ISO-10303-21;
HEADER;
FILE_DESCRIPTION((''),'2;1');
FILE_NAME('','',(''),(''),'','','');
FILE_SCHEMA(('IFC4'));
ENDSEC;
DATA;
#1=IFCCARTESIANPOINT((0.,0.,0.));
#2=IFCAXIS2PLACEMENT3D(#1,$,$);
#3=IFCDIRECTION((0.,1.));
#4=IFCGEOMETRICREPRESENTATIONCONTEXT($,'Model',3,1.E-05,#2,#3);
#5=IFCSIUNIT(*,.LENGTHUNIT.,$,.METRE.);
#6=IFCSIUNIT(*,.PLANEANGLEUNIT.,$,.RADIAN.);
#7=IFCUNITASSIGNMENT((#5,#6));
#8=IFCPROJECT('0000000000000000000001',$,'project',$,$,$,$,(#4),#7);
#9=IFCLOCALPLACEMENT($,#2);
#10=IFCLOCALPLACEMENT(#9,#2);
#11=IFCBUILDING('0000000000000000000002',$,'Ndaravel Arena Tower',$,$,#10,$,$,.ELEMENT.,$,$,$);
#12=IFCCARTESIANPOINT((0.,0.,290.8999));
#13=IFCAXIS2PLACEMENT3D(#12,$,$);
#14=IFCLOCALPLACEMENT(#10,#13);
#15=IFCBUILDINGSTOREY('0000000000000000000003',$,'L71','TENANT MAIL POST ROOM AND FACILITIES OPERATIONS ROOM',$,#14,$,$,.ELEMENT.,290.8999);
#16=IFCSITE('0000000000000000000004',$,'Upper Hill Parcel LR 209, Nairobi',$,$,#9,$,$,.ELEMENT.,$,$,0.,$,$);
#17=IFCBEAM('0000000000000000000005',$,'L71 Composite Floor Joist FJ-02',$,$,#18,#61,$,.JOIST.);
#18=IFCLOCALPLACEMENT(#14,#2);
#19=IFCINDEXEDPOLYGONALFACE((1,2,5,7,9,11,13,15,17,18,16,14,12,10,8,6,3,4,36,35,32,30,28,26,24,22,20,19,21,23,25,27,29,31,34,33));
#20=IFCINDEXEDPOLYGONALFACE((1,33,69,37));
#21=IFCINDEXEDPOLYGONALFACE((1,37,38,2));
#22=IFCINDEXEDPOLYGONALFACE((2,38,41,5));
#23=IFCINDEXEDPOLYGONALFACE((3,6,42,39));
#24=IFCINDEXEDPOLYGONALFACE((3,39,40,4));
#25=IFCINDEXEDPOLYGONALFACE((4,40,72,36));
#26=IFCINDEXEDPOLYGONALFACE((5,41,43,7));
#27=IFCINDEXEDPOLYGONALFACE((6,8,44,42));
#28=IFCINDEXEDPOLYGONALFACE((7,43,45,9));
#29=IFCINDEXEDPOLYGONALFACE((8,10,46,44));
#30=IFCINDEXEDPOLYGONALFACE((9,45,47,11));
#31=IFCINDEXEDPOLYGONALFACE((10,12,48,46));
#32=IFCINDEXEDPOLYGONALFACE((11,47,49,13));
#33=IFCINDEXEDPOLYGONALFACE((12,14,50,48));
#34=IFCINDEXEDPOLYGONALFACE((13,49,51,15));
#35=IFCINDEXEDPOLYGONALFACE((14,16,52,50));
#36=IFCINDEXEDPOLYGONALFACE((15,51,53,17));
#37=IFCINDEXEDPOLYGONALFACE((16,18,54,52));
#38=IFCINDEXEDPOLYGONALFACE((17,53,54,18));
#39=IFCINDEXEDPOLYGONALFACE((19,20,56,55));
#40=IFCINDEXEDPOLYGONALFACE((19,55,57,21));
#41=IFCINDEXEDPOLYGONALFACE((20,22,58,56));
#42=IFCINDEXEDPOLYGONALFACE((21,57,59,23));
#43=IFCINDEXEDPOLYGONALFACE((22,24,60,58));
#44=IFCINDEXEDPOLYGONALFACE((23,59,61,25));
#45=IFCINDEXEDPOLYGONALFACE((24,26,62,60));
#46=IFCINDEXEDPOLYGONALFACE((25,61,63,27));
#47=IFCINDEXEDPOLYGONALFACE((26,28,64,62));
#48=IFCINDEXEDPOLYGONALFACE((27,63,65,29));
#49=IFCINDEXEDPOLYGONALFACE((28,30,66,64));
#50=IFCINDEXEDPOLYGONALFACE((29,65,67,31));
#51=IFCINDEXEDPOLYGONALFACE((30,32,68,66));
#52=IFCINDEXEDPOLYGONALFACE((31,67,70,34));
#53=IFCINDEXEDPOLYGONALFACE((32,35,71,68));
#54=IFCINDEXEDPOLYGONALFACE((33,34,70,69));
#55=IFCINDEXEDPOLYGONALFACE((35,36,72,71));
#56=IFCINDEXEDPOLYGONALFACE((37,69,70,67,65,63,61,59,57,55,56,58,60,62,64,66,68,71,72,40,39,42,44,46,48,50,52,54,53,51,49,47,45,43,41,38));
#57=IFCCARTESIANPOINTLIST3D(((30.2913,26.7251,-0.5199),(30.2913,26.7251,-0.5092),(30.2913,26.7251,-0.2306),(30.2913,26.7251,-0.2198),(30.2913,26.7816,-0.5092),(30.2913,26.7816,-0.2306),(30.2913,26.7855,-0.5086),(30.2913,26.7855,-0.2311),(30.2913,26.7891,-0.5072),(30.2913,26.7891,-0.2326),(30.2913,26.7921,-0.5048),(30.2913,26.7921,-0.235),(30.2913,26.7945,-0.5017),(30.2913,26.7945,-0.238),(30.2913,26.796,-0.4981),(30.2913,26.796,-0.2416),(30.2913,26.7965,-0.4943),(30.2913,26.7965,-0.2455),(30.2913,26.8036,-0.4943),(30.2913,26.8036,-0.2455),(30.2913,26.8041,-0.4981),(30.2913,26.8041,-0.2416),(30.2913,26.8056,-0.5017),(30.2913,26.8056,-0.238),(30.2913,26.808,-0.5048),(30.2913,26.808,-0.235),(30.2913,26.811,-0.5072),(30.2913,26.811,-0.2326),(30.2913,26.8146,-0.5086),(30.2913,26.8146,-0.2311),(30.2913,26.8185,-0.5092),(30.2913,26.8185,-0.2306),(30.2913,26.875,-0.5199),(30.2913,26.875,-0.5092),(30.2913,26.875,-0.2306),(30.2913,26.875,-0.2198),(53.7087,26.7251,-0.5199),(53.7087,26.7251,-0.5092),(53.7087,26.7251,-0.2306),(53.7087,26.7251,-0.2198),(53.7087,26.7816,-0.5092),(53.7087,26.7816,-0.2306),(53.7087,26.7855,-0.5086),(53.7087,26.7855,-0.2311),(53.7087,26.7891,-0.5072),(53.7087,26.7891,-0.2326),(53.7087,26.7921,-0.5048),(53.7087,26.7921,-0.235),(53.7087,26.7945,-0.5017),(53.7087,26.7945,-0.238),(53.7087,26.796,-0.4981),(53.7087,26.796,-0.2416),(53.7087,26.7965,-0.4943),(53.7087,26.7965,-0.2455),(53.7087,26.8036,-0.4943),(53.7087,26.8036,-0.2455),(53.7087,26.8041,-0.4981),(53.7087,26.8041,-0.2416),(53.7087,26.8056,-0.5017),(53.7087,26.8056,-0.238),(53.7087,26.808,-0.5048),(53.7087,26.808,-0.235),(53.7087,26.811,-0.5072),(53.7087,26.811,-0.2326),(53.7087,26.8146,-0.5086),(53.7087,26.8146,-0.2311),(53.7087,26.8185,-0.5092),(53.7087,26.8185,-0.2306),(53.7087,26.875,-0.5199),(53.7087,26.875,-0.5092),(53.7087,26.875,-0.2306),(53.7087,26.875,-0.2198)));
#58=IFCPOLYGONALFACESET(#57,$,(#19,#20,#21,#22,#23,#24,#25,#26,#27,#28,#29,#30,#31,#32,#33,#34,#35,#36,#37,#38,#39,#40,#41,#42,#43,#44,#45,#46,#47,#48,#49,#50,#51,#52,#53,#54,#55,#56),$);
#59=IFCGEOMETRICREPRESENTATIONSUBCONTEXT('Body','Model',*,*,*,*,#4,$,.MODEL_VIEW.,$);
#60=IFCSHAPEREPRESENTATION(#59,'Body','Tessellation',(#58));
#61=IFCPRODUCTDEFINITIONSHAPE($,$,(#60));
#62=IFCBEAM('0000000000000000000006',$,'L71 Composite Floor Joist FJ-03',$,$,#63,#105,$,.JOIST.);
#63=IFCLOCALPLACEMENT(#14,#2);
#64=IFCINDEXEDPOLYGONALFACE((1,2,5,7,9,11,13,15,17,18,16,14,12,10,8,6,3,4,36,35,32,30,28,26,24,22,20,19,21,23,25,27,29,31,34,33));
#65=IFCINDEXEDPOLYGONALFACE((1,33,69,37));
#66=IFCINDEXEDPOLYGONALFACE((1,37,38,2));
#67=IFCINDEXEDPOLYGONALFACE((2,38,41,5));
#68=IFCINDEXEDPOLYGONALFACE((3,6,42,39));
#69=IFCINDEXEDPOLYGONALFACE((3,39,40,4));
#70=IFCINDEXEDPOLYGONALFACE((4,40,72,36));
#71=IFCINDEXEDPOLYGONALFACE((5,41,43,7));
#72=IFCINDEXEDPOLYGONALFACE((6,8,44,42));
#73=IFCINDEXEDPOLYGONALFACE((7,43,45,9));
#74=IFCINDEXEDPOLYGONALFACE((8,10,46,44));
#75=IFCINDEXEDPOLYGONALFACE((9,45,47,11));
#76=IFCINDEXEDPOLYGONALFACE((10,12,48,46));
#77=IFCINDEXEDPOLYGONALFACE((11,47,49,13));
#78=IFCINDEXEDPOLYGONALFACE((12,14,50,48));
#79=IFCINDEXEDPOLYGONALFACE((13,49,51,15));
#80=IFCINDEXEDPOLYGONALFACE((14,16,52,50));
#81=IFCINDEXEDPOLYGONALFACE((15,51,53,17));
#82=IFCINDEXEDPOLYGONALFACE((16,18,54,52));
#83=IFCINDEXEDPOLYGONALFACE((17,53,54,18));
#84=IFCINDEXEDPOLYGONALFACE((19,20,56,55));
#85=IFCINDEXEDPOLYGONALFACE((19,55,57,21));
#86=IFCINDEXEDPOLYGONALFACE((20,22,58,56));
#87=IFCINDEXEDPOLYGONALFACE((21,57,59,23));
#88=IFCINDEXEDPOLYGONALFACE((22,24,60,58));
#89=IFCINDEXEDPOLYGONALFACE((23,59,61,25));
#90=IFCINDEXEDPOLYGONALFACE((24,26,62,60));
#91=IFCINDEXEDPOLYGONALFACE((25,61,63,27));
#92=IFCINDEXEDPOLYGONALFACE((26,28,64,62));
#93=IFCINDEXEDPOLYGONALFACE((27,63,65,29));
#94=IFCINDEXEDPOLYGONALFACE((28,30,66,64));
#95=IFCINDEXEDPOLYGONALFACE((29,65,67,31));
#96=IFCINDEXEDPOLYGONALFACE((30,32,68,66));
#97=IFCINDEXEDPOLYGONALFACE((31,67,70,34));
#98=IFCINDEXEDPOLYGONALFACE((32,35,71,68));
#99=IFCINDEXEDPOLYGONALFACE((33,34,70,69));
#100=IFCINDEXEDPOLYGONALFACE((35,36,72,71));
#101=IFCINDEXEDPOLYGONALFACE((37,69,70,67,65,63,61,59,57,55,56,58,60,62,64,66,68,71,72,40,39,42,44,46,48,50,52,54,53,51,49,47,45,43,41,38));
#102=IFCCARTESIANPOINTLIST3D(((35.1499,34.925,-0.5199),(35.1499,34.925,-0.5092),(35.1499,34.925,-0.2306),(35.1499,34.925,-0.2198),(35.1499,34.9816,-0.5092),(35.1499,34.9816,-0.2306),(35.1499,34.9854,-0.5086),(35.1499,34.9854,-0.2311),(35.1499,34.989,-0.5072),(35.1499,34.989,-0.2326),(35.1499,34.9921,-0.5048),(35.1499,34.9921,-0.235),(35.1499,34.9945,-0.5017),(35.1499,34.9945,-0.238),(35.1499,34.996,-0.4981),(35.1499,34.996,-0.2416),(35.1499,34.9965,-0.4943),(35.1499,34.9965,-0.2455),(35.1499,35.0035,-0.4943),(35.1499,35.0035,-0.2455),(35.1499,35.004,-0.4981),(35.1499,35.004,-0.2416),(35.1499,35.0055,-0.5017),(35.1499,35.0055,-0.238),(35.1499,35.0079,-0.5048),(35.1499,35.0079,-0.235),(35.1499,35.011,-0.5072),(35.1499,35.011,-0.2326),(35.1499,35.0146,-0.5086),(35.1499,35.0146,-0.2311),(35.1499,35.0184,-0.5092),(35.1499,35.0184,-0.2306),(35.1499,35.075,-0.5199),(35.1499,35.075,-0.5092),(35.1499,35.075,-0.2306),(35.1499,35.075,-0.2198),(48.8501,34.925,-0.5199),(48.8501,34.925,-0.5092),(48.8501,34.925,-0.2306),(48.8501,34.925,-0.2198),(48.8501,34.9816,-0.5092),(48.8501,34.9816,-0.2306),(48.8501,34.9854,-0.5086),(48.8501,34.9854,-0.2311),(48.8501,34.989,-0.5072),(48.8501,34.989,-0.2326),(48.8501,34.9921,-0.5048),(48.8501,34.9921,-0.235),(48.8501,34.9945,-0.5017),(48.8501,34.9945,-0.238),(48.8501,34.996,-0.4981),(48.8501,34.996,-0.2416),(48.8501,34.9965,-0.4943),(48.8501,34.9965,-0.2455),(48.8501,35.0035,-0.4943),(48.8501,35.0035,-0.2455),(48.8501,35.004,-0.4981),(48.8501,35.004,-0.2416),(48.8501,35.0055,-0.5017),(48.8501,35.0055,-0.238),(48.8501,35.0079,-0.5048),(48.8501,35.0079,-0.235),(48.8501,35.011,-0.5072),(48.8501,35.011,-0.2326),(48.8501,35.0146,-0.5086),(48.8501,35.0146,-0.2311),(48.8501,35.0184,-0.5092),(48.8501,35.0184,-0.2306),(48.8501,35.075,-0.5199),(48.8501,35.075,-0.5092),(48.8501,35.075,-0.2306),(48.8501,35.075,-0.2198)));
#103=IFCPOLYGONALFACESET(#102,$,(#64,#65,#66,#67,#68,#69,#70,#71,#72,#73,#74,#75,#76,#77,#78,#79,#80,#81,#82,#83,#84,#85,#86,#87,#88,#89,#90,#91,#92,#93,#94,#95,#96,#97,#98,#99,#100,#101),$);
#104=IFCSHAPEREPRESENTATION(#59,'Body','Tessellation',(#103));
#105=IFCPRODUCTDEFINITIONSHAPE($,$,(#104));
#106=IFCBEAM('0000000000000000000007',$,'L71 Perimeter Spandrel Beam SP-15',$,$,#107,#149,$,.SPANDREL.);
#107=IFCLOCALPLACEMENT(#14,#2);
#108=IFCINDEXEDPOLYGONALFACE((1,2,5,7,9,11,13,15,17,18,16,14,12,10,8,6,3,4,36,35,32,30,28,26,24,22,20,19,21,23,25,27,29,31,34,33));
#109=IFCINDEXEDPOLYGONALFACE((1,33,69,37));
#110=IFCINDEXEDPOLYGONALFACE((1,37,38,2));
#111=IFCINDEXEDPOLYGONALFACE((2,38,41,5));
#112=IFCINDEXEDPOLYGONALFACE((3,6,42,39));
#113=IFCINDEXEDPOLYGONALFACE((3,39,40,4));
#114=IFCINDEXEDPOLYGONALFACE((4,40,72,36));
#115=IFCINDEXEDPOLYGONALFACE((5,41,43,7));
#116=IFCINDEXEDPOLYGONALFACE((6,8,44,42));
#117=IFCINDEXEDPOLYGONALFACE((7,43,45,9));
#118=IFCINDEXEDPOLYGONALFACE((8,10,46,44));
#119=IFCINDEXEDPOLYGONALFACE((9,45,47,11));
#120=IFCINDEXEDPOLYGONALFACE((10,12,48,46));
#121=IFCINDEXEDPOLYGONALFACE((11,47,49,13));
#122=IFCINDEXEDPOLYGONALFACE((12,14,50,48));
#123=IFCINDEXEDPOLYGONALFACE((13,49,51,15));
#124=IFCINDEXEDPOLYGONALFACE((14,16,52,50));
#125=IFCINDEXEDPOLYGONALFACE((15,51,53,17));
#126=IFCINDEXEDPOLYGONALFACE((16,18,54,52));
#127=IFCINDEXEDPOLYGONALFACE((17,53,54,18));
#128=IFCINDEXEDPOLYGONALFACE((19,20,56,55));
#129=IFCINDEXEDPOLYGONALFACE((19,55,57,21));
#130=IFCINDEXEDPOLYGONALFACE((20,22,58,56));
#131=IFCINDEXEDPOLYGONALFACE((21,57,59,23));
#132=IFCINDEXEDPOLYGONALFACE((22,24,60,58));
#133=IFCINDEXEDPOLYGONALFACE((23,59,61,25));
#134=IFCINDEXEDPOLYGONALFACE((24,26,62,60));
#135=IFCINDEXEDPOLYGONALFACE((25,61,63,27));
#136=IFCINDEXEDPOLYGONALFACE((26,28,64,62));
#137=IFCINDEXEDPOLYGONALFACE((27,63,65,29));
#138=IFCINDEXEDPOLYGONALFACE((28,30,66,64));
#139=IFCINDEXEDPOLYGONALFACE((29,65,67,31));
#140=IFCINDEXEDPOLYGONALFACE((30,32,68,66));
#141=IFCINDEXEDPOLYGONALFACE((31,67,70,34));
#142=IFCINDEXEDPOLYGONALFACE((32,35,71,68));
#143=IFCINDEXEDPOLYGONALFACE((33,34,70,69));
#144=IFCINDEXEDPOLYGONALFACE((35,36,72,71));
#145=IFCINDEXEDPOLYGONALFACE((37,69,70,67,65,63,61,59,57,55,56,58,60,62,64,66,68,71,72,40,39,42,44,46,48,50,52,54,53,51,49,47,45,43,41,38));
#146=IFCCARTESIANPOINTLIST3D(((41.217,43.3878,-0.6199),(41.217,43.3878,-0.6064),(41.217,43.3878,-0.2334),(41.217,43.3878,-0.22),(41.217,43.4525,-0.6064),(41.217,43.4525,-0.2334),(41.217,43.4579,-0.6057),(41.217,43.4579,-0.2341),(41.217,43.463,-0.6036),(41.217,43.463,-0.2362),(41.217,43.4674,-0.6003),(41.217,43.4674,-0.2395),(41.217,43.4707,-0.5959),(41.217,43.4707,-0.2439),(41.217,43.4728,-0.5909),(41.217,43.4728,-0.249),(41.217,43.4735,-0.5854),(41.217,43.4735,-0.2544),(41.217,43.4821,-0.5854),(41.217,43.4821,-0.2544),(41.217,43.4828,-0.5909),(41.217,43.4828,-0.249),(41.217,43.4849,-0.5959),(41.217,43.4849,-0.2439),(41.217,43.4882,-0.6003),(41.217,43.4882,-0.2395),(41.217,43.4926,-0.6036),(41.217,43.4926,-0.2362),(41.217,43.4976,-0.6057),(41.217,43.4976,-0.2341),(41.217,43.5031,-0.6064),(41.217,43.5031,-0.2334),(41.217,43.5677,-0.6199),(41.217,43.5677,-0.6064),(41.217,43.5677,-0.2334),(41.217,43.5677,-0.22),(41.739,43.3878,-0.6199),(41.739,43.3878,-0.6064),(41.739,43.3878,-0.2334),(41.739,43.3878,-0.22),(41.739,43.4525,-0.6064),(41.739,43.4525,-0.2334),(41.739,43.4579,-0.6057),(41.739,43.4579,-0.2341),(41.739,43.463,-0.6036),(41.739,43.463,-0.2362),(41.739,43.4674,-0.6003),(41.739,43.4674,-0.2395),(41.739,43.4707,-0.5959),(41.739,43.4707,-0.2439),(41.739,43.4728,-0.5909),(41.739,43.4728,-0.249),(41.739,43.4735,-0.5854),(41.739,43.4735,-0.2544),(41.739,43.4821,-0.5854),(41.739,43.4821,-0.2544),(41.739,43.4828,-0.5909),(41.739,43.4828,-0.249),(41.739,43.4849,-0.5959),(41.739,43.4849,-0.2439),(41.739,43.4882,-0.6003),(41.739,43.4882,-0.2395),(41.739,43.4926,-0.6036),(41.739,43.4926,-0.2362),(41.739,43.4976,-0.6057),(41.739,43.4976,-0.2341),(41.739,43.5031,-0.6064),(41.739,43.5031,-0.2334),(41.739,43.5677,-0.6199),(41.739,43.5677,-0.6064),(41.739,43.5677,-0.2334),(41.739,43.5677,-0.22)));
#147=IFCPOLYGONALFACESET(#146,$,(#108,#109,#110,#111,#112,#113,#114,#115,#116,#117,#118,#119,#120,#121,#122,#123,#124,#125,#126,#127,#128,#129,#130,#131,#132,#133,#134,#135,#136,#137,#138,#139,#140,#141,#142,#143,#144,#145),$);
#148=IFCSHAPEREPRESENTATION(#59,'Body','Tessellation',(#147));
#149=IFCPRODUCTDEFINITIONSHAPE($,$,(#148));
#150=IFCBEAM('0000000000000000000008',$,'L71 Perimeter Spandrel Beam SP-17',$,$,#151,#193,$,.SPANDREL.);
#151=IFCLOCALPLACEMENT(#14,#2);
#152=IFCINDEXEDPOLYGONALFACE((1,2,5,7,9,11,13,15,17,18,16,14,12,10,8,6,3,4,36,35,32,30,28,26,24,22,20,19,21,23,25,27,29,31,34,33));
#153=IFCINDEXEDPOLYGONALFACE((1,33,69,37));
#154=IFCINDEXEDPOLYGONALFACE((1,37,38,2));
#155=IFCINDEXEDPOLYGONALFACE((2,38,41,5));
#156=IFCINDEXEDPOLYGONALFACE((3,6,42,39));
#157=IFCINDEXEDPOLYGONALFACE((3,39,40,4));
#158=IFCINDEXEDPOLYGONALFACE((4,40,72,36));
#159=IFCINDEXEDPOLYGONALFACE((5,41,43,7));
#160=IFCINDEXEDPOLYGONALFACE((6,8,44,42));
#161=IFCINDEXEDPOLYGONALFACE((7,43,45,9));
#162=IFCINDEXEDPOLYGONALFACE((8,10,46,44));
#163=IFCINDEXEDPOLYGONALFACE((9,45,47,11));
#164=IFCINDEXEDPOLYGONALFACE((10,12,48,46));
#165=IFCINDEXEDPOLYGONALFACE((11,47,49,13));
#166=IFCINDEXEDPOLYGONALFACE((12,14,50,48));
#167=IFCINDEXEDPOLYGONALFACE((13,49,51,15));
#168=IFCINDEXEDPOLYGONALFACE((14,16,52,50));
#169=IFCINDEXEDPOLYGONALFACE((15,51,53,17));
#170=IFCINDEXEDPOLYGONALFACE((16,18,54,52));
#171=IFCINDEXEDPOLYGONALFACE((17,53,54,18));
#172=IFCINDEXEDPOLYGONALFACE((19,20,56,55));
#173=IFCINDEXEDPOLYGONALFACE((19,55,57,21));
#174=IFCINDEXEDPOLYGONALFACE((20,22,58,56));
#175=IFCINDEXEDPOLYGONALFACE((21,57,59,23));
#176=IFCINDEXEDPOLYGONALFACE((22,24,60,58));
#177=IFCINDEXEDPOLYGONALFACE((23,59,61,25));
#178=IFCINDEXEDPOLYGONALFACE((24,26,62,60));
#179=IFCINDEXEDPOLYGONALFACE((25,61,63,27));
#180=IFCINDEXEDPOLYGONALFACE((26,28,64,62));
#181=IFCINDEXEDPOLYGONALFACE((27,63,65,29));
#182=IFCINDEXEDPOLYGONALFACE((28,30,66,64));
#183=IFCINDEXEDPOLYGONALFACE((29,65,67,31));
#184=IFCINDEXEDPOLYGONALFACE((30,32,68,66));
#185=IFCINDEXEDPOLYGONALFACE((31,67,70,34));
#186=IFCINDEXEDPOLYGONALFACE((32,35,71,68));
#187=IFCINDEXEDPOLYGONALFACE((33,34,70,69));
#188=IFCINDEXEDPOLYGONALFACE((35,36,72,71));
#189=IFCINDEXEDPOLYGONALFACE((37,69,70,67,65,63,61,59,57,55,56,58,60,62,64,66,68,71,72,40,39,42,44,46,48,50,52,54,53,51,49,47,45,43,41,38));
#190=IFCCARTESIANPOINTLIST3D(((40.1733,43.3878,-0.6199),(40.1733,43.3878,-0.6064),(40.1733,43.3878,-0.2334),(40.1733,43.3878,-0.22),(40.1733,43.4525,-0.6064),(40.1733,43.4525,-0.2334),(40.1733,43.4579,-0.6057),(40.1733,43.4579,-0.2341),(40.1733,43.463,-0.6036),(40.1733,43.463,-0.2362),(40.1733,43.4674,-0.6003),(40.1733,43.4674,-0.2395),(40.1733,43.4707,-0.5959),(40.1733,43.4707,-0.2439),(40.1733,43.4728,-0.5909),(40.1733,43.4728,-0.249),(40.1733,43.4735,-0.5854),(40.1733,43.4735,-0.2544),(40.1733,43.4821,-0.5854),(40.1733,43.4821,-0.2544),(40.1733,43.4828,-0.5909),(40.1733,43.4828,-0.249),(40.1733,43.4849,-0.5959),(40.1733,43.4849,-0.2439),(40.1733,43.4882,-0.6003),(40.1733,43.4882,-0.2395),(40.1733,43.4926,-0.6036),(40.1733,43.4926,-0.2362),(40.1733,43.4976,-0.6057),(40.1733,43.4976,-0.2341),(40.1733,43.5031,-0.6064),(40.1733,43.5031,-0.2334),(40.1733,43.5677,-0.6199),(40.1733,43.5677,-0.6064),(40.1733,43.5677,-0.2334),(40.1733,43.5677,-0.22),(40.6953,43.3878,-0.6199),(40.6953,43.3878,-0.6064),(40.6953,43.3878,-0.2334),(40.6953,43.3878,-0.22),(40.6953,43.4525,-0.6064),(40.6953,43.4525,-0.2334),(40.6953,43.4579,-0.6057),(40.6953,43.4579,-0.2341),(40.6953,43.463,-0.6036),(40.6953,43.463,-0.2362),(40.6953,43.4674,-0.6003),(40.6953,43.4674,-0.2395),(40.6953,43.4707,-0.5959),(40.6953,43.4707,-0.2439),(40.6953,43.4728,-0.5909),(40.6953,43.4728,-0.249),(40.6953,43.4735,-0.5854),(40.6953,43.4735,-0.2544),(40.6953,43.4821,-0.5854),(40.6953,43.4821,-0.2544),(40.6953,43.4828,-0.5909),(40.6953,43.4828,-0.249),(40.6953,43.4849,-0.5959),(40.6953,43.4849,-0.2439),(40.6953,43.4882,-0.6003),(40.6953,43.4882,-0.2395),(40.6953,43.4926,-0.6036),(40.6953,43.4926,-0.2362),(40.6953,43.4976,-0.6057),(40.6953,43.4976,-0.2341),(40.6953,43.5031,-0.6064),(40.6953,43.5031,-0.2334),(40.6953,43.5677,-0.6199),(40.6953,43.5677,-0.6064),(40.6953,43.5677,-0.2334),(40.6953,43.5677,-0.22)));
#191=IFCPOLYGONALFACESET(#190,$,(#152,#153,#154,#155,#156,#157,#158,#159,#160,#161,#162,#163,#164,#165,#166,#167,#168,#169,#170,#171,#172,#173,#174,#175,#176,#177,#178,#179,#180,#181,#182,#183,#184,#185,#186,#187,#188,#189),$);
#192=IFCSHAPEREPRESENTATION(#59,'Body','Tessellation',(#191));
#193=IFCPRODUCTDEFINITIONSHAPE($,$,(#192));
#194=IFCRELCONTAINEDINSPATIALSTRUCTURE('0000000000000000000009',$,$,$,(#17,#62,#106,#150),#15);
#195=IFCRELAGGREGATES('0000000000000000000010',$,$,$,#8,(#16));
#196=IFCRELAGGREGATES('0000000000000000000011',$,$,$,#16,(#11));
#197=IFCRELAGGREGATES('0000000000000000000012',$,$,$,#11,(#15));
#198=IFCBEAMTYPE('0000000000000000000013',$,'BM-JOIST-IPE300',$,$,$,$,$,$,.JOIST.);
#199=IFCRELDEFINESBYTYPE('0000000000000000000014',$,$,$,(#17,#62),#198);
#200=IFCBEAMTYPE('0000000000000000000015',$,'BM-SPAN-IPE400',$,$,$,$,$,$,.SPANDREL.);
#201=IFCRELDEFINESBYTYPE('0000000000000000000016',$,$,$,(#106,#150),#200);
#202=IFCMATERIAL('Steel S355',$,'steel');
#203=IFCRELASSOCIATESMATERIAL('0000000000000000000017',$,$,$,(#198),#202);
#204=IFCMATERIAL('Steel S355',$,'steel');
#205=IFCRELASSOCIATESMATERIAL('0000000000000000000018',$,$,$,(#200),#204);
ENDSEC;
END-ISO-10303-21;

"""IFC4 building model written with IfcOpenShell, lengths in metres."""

from ifc_helpers import new_model, si_unit, direction, frame, origin, origin_2d, place, context, subcontext, project, spatial, i_section, extrude, material, material_profile, profile_set, type_object, element, save


model = new_model("IFC4")

# Units and contexts
model_context = context("Model", 3, precision=1e-05, world=origin(), true_north=direction((0.0, 1.0)))
body_context = subcontext(model_context, "Body", "Model", "MODEL_VIEW")
ifc_project = project(units=[si_unit("LENGTHUNIT", "METRE"), si_unit("PLANEANGLEUNIT", "RADIAN")], contexts=[model_context])

# Site, building, storey
site_placement = place(None, origin())
site = spatial("IfcSite", under=ifc_project, at=site_placement, Name="Upper Hill Parcel LR 209, Nairobi", CompositionType="ELEMENT", RefElevation=0.0)
building_placement = place(site_placement, origin())
building = spatial("IfcBuilding", under=site, at=building_placement, Name="Ndaravel Arena Tower", CompositionType="ELEMENT")
storey_placement = place(building_placement, frame((0.0, 0.0, 290.8999)))
storey = spatial("IfcBuildingStorey", under=building, at=storey_placement, Name="L71", Description="TENANT MAIL POST ROOM AND FACILITIES OPERATIONS ROOM", CompositionType="ELEMENT", Elevation=290.8999)

# Beams
ifc_material_1 = material(Name="Steel S355", Category="steel")
ifc_material_profile_1 = material_profile(ifc_material_1, i_section(OverallWidth=0.1499, OverallDepth=0.3, WebThickness=0.0071, FlangeThickness=0.0107, FilletRadius=0.0149, at=origin_2d()), Name="IPE 300")
ifc_profile_set_1 = profile_set([ifc_material_profile_1], Name="Steel S355")
beam_type_1 = type_object("IfcBeamType", Name="BM-JOIST-IPE300", PredefinedType="JOIST", material=ifc_profile_set_1)
beam_1_placement = place(storey_placement, frame((30.2913, 26.8, -0.3699), z_axis=(1.0, 0.0, 0.0), x_axis=(0.0, 1.0, 0.0)))
element("IfcBeam", 1, at=beam_1_placement, inside=storey, type_object=beam_type_1, Name="L71 Composite Floor Joist FJ-02", PredefinedType="JOIST", context=body_context, shape_type="SweptSolid", body=[
    extrude(i_section(OverallWidth=0.1499, OverallDepth=0.3, WebThickness=0.0071, FlangeThickness=0.0107, FilletRadius=0.0149, at=origin_2d()), origin(), (0.0, 0.0, 1.0), 23.4175),
])
beam_2_placement = place(storey_placement, frame((35.1499, 35.0, -0.3699), z_axis=(1.0, 0.0, 0.0), x_axis=(0.0, 1.0, 0.0)))
element("IfcBeam", 2, at=beam_2_placement, inside=storey, type_object=beam_type_1, Name="L71 Composite Floor Joist FJ-03", PredefinedType="JOIST", context=body_context, shape_type="SweptSolid", body=[
    extrude(i_section(OverallWidth=0.1499, OverallDepth=0.3, WebThickness=0.0071, FlangeThickness=0.0107, FilletRadius=0.0149, at=origin_2d()), origin(), (0.0, 0.0, 1.0), 13.7002),
])
ifc_material_2 = material(Name="Steel S355", Category="steel")
ifc_material_profile_2 = material_profile(ifc_material_2, i_section(OverallWidth=0.1799, OverallDepth=0.3999, WebThickness=0.0085, FlangeThickness=0.0134, FilletRadius=0.021, at=origin_2d()), Name="IPE 400")
ifc_profile_set_2 = profile_set([ifc_material_profile_2], Name="Steel S355")
beam_type_2 = type_object("IfcBeamType", Name="BM-SPAN-IPE400", PredefinedType="SPANDREL", material=ifc_profile_set_2)
for number, where, z_axis, x_axis, name in (
    (3, (41.739, 43.4778, -0.4199), (-1.0, 0.0, 0.0), (0.0, -1.0, 0.0), "L71 Perimeter Spandrel Beam SP-15"),
    (4, (40.6953, 43.4778, -0.4199), (-1.0, 0.0, 0.0), (0.0, -1.0, 0.0), "L71 Perimeter Spandrel Beam SP-17"),
):
    element("IfcBeam", number, at=place(storey_placement, frame(where, z_axis=z_axis, x_axis=x_axis)), inside=storey, type_object=beam_type_2, Name=name, PredefinedType="SPANDREL", context=body_context, shape_type="SweptSolid", body=[
        extrude(i_section(OverallWidth=0.1799, OverallDepth=0.3999, WebThickness=0.0085, FlangeThickness=0.0134, FilletRadius=0.021, at=origin_2d()), origin(), (0.0, 0.0, 1.0), 0.522),
    ])

save(model, "model.ifc")
